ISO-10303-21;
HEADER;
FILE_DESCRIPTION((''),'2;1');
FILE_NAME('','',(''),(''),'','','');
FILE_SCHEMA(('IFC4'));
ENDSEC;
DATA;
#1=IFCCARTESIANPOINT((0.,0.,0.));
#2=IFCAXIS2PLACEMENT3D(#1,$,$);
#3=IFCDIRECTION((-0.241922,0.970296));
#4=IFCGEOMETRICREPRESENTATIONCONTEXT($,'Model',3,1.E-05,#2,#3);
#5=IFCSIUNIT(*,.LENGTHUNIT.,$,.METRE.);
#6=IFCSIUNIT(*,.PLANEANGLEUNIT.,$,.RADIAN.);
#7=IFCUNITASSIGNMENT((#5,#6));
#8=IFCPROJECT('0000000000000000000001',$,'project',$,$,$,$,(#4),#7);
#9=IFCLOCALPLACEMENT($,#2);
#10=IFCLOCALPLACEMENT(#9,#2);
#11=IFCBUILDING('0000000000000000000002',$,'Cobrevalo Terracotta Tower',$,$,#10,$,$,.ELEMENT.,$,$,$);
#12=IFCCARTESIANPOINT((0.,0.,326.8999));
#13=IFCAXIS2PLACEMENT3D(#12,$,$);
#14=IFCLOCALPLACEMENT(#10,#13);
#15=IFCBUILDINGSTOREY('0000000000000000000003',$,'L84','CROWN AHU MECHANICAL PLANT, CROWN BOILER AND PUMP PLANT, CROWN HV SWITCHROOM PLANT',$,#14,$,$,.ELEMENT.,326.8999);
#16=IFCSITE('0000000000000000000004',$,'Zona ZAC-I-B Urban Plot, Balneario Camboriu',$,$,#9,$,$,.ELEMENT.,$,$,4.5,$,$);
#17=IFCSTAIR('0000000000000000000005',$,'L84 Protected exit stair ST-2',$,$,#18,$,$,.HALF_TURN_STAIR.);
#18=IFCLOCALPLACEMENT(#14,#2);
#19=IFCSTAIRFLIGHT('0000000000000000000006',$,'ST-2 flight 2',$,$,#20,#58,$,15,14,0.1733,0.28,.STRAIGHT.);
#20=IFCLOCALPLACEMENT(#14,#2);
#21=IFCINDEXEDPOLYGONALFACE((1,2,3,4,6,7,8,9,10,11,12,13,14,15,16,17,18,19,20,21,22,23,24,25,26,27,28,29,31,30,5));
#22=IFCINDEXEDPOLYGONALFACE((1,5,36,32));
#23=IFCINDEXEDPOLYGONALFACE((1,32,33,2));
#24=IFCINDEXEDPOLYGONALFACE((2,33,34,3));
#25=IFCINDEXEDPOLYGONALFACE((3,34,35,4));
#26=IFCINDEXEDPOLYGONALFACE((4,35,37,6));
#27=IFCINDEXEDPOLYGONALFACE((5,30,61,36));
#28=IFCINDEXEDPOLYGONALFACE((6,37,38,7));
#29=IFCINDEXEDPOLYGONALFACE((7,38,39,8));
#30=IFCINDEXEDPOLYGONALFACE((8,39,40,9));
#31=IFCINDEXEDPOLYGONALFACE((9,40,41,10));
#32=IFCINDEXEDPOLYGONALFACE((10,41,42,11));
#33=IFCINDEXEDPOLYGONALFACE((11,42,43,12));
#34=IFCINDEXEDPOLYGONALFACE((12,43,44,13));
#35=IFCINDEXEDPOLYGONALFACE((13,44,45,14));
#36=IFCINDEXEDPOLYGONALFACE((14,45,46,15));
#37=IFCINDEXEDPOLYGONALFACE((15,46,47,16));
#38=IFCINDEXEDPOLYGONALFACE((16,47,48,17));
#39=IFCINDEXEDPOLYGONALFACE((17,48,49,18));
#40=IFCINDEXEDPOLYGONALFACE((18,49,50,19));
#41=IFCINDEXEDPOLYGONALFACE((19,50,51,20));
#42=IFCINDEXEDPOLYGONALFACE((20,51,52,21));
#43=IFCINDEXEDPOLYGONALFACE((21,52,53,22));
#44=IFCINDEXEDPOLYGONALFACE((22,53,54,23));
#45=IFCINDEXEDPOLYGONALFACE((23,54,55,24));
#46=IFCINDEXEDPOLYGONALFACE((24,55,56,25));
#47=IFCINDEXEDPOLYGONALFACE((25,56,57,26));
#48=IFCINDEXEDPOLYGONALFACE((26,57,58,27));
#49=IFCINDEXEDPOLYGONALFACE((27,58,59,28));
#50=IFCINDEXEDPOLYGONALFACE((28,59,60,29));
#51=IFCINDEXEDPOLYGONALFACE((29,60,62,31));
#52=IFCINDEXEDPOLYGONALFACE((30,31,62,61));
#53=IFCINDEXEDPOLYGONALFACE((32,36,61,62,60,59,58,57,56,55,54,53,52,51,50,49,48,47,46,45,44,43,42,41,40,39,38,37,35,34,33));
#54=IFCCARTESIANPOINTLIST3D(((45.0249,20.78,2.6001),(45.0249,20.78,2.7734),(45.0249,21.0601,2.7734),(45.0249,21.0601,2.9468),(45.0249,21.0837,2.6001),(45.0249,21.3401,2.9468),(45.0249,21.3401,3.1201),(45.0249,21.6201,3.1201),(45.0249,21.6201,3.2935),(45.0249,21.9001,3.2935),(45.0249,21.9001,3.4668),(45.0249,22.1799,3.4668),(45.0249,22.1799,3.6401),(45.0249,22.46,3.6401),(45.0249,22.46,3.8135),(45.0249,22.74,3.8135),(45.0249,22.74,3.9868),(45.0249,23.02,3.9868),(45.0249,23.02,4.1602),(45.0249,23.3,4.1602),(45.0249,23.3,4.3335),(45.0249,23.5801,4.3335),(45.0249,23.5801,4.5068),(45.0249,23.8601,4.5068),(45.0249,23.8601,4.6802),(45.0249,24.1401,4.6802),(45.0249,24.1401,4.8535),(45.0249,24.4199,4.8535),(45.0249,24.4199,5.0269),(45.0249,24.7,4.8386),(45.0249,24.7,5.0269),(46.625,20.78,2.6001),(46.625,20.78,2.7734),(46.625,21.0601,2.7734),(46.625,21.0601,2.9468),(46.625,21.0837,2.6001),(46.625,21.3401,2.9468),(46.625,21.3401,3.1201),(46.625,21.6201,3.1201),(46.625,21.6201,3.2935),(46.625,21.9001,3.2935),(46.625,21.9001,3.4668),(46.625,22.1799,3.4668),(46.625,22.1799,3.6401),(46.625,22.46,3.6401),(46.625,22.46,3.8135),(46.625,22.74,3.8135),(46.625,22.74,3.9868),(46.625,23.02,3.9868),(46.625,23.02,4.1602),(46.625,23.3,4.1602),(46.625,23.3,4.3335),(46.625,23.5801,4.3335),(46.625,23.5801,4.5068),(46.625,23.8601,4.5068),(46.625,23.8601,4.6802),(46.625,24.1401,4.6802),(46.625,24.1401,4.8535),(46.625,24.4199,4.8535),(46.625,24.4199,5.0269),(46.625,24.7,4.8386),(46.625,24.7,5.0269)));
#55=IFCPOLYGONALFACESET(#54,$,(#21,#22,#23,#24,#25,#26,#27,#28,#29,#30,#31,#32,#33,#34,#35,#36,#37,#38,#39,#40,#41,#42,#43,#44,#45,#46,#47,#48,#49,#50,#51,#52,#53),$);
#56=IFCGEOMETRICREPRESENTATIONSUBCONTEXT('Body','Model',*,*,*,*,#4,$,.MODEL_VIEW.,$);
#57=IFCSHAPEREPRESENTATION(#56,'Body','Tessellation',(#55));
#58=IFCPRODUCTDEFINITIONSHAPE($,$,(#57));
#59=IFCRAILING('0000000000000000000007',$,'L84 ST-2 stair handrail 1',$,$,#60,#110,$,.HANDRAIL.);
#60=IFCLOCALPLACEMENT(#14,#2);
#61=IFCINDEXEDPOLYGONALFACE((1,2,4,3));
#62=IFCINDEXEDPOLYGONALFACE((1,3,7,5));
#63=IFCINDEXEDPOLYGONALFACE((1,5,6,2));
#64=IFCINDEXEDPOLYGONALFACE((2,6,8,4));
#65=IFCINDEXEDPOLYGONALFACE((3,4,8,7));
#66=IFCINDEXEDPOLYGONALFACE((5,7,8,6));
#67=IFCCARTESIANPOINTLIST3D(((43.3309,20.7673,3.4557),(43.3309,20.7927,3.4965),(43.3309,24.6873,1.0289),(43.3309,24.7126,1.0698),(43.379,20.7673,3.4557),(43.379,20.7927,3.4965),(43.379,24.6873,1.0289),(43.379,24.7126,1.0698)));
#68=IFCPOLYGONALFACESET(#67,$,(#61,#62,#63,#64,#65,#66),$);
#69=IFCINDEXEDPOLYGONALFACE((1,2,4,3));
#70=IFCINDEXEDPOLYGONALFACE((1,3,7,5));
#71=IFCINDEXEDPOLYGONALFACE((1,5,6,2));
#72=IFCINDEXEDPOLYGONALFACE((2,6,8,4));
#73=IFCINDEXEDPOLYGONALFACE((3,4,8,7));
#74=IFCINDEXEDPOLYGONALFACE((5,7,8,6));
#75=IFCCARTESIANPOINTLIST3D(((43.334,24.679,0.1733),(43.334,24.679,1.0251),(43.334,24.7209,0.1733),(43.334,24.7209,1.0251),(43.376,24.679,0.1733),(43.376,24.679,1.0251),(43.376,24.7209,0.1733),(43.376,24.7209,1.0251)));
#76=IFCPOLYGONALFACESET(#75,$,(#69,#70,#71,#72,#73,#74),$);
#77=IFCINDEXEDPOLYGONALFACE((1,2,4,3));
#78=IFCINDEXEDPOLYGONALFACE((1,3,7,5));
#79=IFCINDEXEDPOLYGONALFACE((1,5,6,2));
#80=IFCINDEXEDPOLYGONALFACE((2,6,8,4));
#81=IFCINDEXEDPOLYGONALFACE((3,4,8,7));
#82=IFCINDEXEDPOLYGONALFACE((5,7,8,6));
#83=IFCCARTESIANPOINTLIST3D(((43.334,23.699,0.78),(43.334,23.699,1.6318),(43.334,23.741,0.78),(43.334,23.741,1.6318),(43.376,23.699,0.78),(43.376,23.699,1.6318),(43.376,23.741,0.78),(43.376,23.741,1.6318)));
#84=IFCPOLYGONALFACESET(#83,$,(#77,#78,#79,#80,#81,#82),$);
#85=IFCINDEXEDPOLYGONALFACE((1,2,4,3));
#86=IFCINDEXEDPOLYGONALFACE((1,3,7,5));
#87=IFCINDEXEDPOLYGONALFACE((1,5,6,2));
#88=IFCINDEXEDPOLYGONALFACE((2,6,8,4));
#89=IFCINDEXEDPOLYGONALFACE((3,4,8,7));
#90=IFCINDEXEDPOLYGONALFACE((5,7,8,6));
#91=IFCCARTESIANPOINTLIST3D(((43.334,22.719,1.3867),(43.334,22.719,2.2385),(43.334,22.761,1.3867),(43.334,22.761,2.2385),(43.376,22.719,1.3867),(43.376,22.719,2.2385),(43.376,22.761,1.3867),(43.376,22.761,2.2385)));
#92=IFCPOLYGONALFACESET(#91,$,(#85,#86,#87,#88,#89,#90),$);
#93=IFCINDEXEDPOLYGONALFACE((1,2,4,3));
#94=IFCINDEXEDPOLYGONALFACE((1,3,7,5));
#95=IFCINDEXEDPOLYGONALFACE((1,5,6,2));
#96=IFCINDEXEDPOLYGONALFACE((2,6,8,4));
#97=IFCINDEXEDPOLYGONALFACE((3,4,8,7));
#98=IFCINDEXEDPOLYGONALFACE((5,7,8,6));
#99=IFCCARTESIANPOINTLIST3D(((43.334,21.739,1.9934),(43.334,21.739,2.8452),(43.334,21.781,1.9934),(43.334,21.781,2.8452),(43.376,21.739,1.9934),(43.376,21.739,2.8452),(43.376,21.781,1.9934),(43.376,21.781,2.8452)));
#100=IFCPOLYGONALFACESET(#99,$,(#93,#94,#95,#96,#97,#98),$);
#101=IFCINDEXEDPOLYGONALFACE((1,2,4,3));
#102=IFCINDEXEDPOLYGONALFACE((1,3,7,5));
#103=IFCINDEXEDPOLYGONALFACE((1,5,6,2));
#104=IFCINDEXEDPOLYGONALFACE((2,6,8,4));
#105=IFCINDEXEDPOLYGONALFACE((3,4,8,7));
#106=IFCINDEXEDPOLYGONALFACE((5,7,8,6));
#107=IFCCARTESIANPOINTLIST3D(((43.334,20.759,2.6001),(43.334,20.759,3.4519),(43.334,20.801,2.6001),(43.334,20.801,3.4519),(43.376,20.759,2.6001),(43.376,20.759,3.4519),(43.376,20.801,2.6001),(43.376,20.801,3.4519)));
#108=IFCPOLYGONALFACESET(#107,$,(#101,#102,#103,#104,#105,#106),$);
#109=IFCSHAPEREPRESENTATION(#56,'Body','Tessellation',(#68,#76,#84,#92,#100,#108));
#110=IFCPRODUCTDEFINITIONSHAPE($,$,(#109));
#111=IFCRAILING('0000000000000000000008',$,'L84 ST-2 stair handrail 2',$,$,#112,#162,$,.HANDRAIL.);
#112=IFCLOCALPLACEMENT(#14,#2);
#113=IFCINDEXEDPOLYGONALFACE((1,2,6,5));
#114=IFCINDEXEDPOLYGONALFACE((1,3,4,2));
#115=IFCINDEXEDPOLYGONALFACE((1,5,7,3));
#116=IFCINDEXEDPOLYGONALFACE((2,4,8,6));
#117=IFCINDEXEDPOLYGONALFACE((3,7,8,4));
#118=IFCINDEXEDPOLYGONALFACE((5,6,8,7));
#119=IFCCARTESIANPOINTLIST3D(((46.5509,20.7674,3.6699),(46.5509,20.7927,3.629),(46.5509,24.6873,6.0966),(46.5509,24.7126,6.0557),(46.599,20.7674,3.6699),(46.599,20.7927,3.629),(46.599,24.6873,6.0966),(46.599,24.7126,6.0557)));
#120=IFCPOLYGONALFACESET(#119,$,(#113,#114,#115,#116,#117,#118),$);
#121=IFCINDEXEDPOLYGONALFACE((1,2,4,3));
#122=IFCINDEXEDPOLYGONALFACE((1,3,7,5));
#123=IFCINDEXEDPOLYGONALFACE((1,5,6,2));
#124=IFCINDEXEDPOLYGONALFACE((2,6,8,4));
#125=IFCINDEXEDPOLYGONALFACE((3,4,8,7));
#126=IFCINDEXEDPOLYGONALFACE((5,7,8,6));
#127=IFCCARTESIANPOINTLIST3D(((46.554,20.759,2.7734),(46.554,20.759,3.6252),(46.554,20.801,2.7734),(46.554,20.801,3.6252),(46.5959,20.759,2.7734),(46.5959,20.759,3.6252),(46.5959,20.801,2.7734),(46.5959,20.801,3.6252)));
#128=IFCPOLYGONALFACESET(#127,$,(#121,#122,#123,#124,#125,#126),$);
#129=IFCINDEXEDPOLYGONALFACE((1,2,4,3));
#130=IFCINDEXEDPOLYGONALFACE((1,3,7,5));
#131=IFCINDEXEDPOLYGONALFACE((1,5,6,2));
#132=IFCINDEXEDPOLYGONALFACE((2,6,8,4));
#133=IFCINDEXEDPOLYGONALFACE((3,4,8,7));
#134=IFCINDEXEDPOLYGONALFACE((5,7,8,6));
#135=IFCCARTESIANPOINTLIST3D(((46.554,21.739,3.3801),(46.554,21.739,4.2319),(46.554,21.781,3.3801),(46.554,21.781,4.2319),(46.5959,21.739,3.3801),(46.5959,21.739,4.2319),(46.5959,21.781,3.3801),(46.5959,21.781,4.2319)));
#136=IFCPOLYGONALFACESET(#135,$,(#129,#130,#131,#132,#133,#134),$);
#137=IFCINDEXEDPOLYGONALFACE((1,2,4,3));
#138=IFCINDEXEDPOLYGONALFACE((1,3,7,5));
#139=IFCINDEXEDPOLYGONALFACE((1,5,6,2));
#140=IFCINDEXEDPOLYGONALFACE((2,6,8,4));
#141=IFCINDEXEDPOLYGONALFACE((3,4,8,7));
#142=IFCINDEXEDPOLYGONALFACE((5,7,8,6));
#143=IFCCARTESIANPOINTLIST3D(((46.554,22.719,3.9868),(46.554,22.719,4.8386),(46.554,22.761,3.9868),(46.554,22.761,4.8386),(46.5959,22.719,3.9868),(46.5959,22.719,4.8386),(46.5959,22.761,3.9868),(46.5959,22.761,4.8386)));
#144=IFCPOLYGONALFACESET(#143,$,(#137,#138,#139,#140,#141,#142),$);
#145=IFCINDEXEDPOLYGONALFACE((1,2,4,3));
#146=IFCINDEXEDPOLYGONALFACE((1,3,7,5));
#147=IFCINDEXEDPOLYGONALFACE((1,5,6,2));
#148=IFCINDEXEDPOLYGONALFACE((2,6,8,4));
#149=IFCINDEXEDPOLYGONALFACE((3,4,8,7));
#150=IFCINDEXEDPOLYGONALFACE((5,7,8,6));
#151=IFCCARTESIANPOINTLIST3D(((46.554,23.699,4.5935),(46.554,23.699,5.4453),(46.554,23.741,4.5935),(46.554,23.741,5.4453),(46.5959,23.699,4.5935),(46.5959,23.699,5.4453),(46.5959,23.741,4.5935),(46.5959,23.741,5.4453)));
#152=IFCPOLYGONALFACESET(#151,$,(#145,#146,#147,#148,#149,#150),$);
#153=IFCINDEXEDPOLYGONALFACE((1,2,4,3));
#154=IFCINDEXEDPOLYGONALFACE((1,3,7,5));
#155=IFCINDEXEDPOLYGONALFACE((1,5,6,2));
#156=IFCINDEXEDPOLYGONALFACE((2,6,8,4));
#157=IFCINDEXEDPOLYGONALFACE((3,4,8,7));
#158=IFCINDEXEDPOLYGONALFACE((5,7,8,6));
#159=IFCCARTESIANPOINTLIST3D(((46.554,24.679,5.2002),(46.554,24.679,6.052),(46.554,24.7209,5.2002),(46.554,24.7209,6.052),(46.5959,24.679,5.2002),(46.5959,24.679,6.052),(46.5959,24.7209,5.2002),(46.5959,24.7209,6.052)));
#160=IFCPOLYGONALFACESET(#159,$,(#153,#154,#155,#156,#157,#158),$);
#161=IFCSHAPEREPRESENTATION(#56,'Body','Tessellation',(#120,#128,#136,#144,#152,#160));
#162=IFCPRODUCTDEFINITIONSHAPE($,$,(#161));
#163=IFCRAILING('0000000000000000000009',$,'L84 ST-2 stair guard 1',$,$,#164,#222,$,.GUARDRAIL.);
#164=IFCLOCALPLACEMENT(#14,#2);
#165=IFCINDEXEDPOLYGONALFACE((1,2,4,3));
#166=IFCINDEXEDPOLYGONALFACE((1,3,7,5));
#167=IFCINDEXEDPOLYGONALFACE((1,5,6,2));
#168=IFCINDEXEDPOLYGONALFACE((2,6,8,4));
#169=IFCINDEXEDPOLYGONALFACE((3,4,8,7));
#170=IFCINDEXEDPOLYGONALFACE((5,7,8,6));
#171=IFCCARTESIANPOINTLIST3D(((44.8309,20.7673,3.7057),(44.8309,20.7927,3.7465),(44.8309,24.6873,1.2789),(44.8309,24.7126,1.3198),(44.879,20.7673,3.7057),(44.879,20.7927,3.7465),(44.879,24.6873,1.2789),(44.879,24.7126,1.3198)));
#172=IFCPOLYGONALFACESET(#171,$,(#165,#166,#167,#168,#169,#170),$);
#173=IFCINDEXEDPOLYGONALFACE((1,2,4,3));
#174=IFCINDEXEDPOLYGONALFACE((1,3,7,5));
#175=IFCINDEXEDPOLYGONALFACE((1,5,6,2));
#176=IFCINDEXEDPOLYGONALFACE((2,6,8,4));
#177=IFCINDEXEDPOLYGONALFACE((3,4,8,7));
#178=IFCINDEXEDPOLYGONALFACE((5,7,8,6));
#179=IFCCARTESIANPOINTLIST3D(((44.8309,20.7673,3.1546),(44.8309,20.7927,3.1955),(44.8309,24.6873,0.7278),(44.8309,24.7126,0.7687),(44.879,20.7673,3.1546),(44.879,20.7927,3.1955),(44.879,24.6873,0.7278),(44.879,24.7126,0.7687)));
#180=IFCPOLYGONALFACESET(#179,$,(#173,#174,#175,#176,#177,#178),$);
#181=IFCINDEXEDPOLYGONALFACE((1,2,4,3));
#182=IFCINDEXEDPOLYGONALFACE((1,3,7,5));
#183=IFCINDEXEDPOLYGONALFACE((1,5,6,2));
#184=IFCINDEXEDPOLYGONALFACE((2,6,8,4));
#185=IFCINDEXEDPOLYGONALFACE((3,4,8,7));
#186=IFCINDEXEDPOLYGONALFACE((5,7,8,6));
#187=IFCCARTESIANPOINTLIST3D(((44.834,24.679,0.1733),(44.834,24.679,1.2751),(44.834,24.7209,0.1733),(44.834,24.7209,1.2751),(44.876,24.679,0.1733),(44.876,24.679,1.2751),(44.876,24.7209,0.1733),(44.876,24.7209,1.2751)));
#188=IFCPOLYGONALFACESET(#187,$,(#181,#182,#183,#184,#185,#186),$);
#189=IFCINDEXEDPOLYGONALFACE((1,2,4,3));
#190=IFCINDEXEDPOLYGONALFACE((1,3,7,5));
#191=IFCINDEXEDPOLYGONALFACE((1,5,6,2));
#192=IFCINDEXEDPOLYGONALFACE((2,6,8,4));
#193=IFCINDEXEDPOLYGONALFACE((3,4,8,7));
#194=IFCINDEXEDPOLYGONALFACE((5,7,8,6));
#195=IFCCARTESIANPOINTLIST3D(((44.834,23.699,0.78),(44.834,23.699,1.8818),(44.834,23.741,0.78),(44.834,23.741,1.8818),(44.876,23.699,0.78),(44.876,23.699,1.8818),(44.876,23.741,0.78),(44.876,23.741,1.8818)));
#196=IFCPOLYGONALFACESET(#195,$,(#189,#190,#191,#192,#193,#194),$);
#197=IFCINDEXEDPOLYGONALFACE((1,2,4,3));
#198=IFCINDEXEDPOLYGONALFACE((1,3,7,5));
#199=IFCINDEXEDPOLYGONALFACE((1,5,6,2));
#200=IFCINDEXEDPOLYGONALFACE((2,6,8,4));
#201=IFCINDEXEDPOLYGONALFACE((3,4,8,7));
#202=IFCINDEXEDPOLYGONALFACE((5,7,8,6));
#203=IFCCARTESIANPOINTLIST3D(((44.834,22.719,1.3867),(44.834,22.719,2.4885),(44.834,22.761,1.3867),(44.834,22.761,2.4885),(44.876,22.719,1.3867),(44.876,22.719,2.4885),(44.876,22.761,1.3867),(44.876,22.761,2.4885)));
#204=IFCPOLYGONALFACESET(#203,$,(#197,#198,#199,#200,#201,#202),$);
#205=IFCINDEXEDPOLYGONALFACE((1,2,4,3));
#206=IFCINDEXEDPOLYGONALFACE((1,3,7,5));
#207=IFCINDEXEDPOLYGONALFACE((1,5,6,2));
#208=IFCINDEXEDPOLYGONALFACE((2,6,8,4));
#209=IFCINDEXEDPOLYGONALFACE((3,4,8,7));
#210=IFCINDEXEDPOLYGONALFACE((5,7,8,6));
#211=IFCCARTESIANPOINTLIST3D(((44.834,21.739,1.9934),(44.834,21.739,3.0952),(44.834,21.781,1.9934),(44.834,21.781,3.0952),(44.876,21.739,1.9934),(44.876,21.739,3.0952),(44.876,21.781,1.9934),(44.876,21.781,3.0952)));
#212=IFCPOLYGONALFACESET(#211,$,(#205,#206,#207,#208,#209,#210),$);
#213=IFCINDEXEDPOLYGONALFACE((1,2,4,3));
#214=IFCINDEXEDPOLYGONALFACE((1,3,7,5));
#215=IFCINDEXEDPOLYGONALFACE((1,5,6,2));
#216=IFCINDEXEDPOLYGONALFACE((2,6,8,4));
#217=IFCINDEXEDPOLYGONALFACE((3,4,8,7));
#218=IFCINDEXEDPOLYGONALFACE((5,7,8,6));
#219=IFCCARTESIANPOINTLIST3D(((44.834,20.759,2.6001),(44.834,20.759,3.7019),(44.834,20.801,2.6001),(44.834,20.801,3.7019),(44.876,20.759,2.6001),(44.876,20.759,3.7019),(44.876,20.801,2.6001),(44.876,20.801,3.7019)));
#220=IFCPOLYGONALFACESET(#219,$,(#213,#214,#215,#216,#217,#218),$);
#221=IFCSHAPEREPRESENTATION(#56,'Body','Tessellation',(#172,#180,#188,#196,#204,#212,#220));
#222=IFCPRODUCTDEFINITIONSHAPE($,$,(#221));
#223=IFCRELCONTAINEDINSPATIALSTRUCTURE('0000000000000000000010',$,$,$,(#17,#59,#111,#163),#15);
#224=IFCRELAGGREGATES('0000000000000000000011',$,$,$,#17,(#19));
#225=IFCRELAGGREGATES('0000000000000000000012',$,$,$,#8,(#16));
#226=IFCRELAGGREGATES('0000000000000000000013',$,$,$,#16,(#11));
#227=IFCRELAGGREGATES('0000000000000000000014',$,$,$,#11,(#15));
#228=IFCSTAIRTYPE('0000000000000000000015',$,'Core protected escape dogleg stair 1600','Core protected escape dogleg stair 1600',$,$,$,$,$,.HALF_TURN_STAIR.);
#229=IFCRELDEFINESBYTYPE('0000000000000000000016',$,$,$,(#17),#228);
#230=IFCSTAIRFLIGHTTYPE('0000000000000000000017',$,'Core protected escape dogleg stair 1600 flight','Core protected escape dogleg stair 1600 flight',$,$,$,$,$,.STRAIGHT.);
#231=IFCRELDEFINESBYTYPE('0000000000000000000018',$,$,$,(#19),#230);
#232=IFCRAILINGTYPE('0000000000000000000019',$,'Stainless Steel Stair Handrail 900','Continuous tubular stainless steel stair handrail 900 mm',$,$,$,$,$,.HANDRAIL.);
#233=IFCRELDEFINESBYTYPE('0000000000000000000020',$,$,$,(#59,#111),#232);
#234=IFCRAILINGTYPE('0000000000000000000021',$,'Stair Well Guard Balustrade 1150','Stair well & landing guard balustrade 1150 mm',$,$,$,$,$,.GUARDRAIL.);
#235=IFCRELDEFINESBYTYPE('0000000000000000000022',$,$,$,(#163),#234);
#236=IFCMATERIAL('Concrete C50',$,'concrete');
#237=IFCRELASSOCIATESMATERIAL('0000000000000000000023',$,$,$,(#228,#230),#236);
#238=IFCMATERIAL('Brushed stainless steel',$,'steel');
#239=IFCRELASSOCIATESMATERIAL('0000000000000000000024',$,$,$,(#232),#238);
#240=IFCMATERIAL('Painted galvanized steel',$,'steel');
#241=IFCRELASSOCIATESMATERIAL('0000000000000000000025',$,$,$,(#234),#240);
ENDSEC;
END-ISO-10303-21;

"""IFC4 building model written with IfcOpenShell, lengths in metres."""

from ifc_helpers import new_model, si_unit, direction, frame, origin, origin_2d, place, context, subcontext, project, spatial, polyline, rectangle, outline, extrude, material, type_object, element, aggregate, save


model = new_model("IFC4")

# Units and contexts
model_context = context("Model", 3, precision=1e-05, world=origin(), true_north=direction((-0.241922, 0.970296)))
body_context = subcontext(model_context, "Body", "Model", "MODEL_VIEW")
ifc_project = project(units=[si_unit("LENGTHUNIT", "METRE"), si_unit("PLANEANGLEUNIT", "RADIAN")], contexts=[model_context])

# Site, building, storey
site_placement = place(None, origin())
site = spatial("IfcSite", under=ifc_project, at=site_placement, Name="Zona ZAC-I-B Urban Plot, Balneario Camboriu", CompositionType="ELEMENT", RefElevation=4.5)
building_placement = place(site_placement, origin())
building = spatial("IfcBuilding", under=site, at=building_placement, Name="Cobrevalo Terracotta Tower", CompositionType="ELEMENT")
storey_placement = place(building_placement, frame((0.0, 0.0, 326.8999)))
storey = spatial("IfcBuildingStorey", under=building, at=storey_placement, Name="L84", Description="CROWN AHU MECHANICAL PLANT, CROWN BOILER AND PUMP PLANT, CROWN HV SWITCHROOM PLANT", CompositionType="ELEMENT", Elevation=326.8999)

# Shared definitions
ifc_material_1 = material(Name="Concrete C50", Category="concrete")

# Stair, stair flight
stair_type = type_object("IfcStairType", Name="Core protected escape dogleg stair 1600", Description="Core protected escape dogleg stair 1600", PredefinedType="HALF_TURN_STAIR", material=ifc_material_1)
stair_placement = place(storey_placement, origin())
stair = element("IfcStair", 1, at=stair_placement, inside=storey, type_object=stair_type, Name="L84 Protected exit stair ST-2", PredefinedType="HALF_TURN_STAIR")
stair_flight_type = type_object("IfcStairFlightType", Name="Core protected escape dogleg stair 1600 flight", Description="Core protected escape dogleg stair 1600 flight", PredefinedType="STRAIGHT", material=ifc_material_1)
stair_flight_1_placement = place(storey_placement, frame((45.825, 20.78, 2.6001), z_axis=(0.0, 0.0, 1.0), x_axis=(0.0, 1.0, 0.0)))
stair_flight_1 = element("IfcStairFlight", 2, at=stair_flight_1_placement, type_object=stair_flight_type, Name="ST-2 flight 2", NumberOfRisers=15, NumberOfTreads=14, PredefinedType="STRAIGHT", RiserHeight=0.1733, TreadLength=0.28, context=body_context, shape_type="SweptSolid", body=[
    extrude(outline(polyline([(0.0, 0.0), (0.0, 0.1733), (0.28, 0.1733), (0.28, 0.3467), (0.5601, 0.3467), (0.5601, 0.52), (0.8401, 0.52), (0.8401, 0.6934), (1.1201, 0.6934), (1.1201, 0.8667), (1.3999, 0.8667), (1.3999, 1.04), (1.6799, 1.04), (1.6799, 1.2134), (1.96, 1.2134), (1.96, 1.3867), (2.24, 1.3867), (2.24, 1.5601), (2.52, 1.5601), (2.52, 1.7334), (2.8, 1.7334), (2.8, 1.9067), (3.0801, 1.9067), (3.0801, 2.0801), (3.3601, 2.0801), (3.3601, 2.2534), (3.6399, 2.2534), (3.6399, 2.4268), (3.9199, 2.4268), (3.9199, 2.6001), (3.9199, 2.2385), (0.3037, 0.0), (0.0, 0.0)])), frame((0.0, 0.8, 0.0), z_axis=(0.0, -1.0, 0.0), x_axis=(1.0, 0.0, 0.0)), (0.0, 0.0, 1.0), 1.6001),
])
aggregate(stair, [stair_flight_1])

# Railings
ifc_material_2 = material(Name="Brushed stainless steel", Category="steel")
railing_type_1 = type_object("IfcRailingType", Name="Stainless Steel Stair Handrail 900", Description="Continuous tubular stainless steel stair handrail 900 mm", PredefinedType="HANDRAIL", material=ifc_material_2)
railing_1_placement = place(storey_placement, frame((43.355, 24.7, 0.1733)))
element("IfcRailing", 3, at=railing_1_placement, inside=storey, type_object=railing_type_1, Name="L84 ST-2 stair handrail 1", PredefinedType="HANDRAIL", context=body_context, shape_type="SweptSolid", body=[
    extrude(rectangle(XDim=0.0481, YDim=0.0481, at=origin_2d()), frame((0.0, 0.0, 0.876), z_axis=(0.0, -0.850252, 0.526376), x_axis=(1.0, 0.0, 0.0)), (0.0, 0.0, 1.0), 4.6104),
    extrude(rectangle(XDim=0.042, YDim=0.042, at=origin_2d()), origin(), (0.0, 0.0, 1.0), 0.8518),
    extrude(rectangle(XDim=0.042, YDim=0.042, at=origin_2d()), frame((0.0, -0.98, 0.6067)), (0.0, 0.0, 1.0), 0.8518),
    extrude(rectangle(XDim=0.042, YDim=0.042, at=origin_2d()), frame((0.0, -1.96, 1.2134)), (0.0, 0.0, 1.0), 0.8518),
    extrude(rectangle(XDim=0.042, YDim=0.042, at=origin_2d()), frame((0.0, -2.9399, 1.8201)), (0.0, 0.0, 1.0), 0.8518),
    extrude(rectangle(XDim=0.042, YDim=0.042, at=origin_2d()), frame((0.0, -3.9199, 2.4268)), (0.0, 0.0, 1.0), 0.8518),
])
railing_2_placement = place(storey_placement, frame((46.575, 20.78, 2.7734)))
element("IfcRailing", 4, at=railing_2_placement, inside=storey, type_object=railing_type_1, Name="L84 ST-2 stair handrail 2", PredefinedType="HANDRAIL", context=body_context, shape_type="SweptSolid", body=[
    extrude(rectangle(XDim=0.0481, YDim=0.0481, at=origin_2d()), frame((0.0, 0.0, 0.876), z_axis=(0.0, 0.850252, 0.526376), x_axis=(-1.0, 0.0, 0.0)), (0.0, 0.0, 1.0), 4.6104),
    extrude(rectangle(XDim=0.042, YDim=0.042, at=origin_2d()), origin(), (0.0, 0.0, 1.0), 0.8518),
    extrude(rectangle(XDim=0.042, YDim=0.042, at=origin_2d()), frame((0.0, 0.98, 0.6067)), (0.0, 0.0, 1.0), 0.8518),
    extrude(rectangle(XDim=0.042, YDim=0.042, at=origin_2d()), frame((0.0, 1.96, 1.2134)), (0.0, 0.0, 1.0), 0.8518),
    extrude(rectangle(XDim=0.042, YDim=0.042, at=origin_2d()), frame((0.0, 2.9399, 1.8201)), (0.0, 0.0, 1.0), 0.8518),
    extrude(rectangle(XDim=0.042, YDim=0.042, at=origin_2d()), frame((0.0, 3.9199, 2.4268)), (0.0, 0.0, 1.0), 0.8518),
])
ifc_material_3 = material(Name="Painted galvanized steel", Category="steel")
railing_type_2 = type_object("IfcRailingType", Name="Stair Well Guard Balustrade 1150", Description="Stair well & landing guard balustrade 1150 mm", PredefinedType="GUARDRAIL", material=ifc_material_3)
railing_3_placement = place(storey_placement, frame((44.855, 24.7, 0.1733)))
element("IfcRailing", 5, at=railing_3_placement, inside=storey, type_object=railing_type_2, Name="L84 ST-2 stair guard 1", PredefinedType="GUARDRAIL", context=body_context, shape_type="SweptSolid", body=[
    extrude(rectangle(XDim=0.0481, YDim=0.0481, at=origin_2d()), frame((0.0, 0.0, 1.126), z_axis=(0.0, -0.850252, 0.526376), x_axis=(1.0, 0.0, 0.0)), (0.0, 0.0, 1.0), 4.6104),
    extrude(rectangle(XDim=0.0481, YDim=0.0481, at=origin_2d()), frame((0.0, 0.0, 0.575), z_axis=(0.0, -0.850252, 0.526376), x_axis=(1.0, 0.0, 0.0)), (0.0, 0.0, 1.0), 4.6104),
    extrude(rectangle(XDim=0.042, YDim=0.042, at=origin_2d()), origin(), (0.0, 0.0, 1.0), 1.1018),
    extrude(rectangle(XDim=0.042, YDim=0.042, at=origin_2d()), frame((0.0, -0.98, 0.6067)), (0.0, 0.0, 1.0), 1.1018),
    extrude(rectangle(XDim=0.042, YDim=0.042, at=origin_2d()), frame((0.0, -1.96, 1.2134)), (0.0, 0.0, 1.0), 1.1018),
    extrude(rectangle(XDim=0.042, YDim=0.042, at=origin_2d()), frame((0.0, -2.9399, 1.8201)), (0.0, 0.0, 1.0), 1.1018),
    extrude(rectangle(XDim=0.042, YDim=0.042, at=origin_2d()), frame((0.0, -3.9199, 2.4268)), (0.0, 0.0, 1.0), 1.1018),
])

save(model, "model.ifc")
